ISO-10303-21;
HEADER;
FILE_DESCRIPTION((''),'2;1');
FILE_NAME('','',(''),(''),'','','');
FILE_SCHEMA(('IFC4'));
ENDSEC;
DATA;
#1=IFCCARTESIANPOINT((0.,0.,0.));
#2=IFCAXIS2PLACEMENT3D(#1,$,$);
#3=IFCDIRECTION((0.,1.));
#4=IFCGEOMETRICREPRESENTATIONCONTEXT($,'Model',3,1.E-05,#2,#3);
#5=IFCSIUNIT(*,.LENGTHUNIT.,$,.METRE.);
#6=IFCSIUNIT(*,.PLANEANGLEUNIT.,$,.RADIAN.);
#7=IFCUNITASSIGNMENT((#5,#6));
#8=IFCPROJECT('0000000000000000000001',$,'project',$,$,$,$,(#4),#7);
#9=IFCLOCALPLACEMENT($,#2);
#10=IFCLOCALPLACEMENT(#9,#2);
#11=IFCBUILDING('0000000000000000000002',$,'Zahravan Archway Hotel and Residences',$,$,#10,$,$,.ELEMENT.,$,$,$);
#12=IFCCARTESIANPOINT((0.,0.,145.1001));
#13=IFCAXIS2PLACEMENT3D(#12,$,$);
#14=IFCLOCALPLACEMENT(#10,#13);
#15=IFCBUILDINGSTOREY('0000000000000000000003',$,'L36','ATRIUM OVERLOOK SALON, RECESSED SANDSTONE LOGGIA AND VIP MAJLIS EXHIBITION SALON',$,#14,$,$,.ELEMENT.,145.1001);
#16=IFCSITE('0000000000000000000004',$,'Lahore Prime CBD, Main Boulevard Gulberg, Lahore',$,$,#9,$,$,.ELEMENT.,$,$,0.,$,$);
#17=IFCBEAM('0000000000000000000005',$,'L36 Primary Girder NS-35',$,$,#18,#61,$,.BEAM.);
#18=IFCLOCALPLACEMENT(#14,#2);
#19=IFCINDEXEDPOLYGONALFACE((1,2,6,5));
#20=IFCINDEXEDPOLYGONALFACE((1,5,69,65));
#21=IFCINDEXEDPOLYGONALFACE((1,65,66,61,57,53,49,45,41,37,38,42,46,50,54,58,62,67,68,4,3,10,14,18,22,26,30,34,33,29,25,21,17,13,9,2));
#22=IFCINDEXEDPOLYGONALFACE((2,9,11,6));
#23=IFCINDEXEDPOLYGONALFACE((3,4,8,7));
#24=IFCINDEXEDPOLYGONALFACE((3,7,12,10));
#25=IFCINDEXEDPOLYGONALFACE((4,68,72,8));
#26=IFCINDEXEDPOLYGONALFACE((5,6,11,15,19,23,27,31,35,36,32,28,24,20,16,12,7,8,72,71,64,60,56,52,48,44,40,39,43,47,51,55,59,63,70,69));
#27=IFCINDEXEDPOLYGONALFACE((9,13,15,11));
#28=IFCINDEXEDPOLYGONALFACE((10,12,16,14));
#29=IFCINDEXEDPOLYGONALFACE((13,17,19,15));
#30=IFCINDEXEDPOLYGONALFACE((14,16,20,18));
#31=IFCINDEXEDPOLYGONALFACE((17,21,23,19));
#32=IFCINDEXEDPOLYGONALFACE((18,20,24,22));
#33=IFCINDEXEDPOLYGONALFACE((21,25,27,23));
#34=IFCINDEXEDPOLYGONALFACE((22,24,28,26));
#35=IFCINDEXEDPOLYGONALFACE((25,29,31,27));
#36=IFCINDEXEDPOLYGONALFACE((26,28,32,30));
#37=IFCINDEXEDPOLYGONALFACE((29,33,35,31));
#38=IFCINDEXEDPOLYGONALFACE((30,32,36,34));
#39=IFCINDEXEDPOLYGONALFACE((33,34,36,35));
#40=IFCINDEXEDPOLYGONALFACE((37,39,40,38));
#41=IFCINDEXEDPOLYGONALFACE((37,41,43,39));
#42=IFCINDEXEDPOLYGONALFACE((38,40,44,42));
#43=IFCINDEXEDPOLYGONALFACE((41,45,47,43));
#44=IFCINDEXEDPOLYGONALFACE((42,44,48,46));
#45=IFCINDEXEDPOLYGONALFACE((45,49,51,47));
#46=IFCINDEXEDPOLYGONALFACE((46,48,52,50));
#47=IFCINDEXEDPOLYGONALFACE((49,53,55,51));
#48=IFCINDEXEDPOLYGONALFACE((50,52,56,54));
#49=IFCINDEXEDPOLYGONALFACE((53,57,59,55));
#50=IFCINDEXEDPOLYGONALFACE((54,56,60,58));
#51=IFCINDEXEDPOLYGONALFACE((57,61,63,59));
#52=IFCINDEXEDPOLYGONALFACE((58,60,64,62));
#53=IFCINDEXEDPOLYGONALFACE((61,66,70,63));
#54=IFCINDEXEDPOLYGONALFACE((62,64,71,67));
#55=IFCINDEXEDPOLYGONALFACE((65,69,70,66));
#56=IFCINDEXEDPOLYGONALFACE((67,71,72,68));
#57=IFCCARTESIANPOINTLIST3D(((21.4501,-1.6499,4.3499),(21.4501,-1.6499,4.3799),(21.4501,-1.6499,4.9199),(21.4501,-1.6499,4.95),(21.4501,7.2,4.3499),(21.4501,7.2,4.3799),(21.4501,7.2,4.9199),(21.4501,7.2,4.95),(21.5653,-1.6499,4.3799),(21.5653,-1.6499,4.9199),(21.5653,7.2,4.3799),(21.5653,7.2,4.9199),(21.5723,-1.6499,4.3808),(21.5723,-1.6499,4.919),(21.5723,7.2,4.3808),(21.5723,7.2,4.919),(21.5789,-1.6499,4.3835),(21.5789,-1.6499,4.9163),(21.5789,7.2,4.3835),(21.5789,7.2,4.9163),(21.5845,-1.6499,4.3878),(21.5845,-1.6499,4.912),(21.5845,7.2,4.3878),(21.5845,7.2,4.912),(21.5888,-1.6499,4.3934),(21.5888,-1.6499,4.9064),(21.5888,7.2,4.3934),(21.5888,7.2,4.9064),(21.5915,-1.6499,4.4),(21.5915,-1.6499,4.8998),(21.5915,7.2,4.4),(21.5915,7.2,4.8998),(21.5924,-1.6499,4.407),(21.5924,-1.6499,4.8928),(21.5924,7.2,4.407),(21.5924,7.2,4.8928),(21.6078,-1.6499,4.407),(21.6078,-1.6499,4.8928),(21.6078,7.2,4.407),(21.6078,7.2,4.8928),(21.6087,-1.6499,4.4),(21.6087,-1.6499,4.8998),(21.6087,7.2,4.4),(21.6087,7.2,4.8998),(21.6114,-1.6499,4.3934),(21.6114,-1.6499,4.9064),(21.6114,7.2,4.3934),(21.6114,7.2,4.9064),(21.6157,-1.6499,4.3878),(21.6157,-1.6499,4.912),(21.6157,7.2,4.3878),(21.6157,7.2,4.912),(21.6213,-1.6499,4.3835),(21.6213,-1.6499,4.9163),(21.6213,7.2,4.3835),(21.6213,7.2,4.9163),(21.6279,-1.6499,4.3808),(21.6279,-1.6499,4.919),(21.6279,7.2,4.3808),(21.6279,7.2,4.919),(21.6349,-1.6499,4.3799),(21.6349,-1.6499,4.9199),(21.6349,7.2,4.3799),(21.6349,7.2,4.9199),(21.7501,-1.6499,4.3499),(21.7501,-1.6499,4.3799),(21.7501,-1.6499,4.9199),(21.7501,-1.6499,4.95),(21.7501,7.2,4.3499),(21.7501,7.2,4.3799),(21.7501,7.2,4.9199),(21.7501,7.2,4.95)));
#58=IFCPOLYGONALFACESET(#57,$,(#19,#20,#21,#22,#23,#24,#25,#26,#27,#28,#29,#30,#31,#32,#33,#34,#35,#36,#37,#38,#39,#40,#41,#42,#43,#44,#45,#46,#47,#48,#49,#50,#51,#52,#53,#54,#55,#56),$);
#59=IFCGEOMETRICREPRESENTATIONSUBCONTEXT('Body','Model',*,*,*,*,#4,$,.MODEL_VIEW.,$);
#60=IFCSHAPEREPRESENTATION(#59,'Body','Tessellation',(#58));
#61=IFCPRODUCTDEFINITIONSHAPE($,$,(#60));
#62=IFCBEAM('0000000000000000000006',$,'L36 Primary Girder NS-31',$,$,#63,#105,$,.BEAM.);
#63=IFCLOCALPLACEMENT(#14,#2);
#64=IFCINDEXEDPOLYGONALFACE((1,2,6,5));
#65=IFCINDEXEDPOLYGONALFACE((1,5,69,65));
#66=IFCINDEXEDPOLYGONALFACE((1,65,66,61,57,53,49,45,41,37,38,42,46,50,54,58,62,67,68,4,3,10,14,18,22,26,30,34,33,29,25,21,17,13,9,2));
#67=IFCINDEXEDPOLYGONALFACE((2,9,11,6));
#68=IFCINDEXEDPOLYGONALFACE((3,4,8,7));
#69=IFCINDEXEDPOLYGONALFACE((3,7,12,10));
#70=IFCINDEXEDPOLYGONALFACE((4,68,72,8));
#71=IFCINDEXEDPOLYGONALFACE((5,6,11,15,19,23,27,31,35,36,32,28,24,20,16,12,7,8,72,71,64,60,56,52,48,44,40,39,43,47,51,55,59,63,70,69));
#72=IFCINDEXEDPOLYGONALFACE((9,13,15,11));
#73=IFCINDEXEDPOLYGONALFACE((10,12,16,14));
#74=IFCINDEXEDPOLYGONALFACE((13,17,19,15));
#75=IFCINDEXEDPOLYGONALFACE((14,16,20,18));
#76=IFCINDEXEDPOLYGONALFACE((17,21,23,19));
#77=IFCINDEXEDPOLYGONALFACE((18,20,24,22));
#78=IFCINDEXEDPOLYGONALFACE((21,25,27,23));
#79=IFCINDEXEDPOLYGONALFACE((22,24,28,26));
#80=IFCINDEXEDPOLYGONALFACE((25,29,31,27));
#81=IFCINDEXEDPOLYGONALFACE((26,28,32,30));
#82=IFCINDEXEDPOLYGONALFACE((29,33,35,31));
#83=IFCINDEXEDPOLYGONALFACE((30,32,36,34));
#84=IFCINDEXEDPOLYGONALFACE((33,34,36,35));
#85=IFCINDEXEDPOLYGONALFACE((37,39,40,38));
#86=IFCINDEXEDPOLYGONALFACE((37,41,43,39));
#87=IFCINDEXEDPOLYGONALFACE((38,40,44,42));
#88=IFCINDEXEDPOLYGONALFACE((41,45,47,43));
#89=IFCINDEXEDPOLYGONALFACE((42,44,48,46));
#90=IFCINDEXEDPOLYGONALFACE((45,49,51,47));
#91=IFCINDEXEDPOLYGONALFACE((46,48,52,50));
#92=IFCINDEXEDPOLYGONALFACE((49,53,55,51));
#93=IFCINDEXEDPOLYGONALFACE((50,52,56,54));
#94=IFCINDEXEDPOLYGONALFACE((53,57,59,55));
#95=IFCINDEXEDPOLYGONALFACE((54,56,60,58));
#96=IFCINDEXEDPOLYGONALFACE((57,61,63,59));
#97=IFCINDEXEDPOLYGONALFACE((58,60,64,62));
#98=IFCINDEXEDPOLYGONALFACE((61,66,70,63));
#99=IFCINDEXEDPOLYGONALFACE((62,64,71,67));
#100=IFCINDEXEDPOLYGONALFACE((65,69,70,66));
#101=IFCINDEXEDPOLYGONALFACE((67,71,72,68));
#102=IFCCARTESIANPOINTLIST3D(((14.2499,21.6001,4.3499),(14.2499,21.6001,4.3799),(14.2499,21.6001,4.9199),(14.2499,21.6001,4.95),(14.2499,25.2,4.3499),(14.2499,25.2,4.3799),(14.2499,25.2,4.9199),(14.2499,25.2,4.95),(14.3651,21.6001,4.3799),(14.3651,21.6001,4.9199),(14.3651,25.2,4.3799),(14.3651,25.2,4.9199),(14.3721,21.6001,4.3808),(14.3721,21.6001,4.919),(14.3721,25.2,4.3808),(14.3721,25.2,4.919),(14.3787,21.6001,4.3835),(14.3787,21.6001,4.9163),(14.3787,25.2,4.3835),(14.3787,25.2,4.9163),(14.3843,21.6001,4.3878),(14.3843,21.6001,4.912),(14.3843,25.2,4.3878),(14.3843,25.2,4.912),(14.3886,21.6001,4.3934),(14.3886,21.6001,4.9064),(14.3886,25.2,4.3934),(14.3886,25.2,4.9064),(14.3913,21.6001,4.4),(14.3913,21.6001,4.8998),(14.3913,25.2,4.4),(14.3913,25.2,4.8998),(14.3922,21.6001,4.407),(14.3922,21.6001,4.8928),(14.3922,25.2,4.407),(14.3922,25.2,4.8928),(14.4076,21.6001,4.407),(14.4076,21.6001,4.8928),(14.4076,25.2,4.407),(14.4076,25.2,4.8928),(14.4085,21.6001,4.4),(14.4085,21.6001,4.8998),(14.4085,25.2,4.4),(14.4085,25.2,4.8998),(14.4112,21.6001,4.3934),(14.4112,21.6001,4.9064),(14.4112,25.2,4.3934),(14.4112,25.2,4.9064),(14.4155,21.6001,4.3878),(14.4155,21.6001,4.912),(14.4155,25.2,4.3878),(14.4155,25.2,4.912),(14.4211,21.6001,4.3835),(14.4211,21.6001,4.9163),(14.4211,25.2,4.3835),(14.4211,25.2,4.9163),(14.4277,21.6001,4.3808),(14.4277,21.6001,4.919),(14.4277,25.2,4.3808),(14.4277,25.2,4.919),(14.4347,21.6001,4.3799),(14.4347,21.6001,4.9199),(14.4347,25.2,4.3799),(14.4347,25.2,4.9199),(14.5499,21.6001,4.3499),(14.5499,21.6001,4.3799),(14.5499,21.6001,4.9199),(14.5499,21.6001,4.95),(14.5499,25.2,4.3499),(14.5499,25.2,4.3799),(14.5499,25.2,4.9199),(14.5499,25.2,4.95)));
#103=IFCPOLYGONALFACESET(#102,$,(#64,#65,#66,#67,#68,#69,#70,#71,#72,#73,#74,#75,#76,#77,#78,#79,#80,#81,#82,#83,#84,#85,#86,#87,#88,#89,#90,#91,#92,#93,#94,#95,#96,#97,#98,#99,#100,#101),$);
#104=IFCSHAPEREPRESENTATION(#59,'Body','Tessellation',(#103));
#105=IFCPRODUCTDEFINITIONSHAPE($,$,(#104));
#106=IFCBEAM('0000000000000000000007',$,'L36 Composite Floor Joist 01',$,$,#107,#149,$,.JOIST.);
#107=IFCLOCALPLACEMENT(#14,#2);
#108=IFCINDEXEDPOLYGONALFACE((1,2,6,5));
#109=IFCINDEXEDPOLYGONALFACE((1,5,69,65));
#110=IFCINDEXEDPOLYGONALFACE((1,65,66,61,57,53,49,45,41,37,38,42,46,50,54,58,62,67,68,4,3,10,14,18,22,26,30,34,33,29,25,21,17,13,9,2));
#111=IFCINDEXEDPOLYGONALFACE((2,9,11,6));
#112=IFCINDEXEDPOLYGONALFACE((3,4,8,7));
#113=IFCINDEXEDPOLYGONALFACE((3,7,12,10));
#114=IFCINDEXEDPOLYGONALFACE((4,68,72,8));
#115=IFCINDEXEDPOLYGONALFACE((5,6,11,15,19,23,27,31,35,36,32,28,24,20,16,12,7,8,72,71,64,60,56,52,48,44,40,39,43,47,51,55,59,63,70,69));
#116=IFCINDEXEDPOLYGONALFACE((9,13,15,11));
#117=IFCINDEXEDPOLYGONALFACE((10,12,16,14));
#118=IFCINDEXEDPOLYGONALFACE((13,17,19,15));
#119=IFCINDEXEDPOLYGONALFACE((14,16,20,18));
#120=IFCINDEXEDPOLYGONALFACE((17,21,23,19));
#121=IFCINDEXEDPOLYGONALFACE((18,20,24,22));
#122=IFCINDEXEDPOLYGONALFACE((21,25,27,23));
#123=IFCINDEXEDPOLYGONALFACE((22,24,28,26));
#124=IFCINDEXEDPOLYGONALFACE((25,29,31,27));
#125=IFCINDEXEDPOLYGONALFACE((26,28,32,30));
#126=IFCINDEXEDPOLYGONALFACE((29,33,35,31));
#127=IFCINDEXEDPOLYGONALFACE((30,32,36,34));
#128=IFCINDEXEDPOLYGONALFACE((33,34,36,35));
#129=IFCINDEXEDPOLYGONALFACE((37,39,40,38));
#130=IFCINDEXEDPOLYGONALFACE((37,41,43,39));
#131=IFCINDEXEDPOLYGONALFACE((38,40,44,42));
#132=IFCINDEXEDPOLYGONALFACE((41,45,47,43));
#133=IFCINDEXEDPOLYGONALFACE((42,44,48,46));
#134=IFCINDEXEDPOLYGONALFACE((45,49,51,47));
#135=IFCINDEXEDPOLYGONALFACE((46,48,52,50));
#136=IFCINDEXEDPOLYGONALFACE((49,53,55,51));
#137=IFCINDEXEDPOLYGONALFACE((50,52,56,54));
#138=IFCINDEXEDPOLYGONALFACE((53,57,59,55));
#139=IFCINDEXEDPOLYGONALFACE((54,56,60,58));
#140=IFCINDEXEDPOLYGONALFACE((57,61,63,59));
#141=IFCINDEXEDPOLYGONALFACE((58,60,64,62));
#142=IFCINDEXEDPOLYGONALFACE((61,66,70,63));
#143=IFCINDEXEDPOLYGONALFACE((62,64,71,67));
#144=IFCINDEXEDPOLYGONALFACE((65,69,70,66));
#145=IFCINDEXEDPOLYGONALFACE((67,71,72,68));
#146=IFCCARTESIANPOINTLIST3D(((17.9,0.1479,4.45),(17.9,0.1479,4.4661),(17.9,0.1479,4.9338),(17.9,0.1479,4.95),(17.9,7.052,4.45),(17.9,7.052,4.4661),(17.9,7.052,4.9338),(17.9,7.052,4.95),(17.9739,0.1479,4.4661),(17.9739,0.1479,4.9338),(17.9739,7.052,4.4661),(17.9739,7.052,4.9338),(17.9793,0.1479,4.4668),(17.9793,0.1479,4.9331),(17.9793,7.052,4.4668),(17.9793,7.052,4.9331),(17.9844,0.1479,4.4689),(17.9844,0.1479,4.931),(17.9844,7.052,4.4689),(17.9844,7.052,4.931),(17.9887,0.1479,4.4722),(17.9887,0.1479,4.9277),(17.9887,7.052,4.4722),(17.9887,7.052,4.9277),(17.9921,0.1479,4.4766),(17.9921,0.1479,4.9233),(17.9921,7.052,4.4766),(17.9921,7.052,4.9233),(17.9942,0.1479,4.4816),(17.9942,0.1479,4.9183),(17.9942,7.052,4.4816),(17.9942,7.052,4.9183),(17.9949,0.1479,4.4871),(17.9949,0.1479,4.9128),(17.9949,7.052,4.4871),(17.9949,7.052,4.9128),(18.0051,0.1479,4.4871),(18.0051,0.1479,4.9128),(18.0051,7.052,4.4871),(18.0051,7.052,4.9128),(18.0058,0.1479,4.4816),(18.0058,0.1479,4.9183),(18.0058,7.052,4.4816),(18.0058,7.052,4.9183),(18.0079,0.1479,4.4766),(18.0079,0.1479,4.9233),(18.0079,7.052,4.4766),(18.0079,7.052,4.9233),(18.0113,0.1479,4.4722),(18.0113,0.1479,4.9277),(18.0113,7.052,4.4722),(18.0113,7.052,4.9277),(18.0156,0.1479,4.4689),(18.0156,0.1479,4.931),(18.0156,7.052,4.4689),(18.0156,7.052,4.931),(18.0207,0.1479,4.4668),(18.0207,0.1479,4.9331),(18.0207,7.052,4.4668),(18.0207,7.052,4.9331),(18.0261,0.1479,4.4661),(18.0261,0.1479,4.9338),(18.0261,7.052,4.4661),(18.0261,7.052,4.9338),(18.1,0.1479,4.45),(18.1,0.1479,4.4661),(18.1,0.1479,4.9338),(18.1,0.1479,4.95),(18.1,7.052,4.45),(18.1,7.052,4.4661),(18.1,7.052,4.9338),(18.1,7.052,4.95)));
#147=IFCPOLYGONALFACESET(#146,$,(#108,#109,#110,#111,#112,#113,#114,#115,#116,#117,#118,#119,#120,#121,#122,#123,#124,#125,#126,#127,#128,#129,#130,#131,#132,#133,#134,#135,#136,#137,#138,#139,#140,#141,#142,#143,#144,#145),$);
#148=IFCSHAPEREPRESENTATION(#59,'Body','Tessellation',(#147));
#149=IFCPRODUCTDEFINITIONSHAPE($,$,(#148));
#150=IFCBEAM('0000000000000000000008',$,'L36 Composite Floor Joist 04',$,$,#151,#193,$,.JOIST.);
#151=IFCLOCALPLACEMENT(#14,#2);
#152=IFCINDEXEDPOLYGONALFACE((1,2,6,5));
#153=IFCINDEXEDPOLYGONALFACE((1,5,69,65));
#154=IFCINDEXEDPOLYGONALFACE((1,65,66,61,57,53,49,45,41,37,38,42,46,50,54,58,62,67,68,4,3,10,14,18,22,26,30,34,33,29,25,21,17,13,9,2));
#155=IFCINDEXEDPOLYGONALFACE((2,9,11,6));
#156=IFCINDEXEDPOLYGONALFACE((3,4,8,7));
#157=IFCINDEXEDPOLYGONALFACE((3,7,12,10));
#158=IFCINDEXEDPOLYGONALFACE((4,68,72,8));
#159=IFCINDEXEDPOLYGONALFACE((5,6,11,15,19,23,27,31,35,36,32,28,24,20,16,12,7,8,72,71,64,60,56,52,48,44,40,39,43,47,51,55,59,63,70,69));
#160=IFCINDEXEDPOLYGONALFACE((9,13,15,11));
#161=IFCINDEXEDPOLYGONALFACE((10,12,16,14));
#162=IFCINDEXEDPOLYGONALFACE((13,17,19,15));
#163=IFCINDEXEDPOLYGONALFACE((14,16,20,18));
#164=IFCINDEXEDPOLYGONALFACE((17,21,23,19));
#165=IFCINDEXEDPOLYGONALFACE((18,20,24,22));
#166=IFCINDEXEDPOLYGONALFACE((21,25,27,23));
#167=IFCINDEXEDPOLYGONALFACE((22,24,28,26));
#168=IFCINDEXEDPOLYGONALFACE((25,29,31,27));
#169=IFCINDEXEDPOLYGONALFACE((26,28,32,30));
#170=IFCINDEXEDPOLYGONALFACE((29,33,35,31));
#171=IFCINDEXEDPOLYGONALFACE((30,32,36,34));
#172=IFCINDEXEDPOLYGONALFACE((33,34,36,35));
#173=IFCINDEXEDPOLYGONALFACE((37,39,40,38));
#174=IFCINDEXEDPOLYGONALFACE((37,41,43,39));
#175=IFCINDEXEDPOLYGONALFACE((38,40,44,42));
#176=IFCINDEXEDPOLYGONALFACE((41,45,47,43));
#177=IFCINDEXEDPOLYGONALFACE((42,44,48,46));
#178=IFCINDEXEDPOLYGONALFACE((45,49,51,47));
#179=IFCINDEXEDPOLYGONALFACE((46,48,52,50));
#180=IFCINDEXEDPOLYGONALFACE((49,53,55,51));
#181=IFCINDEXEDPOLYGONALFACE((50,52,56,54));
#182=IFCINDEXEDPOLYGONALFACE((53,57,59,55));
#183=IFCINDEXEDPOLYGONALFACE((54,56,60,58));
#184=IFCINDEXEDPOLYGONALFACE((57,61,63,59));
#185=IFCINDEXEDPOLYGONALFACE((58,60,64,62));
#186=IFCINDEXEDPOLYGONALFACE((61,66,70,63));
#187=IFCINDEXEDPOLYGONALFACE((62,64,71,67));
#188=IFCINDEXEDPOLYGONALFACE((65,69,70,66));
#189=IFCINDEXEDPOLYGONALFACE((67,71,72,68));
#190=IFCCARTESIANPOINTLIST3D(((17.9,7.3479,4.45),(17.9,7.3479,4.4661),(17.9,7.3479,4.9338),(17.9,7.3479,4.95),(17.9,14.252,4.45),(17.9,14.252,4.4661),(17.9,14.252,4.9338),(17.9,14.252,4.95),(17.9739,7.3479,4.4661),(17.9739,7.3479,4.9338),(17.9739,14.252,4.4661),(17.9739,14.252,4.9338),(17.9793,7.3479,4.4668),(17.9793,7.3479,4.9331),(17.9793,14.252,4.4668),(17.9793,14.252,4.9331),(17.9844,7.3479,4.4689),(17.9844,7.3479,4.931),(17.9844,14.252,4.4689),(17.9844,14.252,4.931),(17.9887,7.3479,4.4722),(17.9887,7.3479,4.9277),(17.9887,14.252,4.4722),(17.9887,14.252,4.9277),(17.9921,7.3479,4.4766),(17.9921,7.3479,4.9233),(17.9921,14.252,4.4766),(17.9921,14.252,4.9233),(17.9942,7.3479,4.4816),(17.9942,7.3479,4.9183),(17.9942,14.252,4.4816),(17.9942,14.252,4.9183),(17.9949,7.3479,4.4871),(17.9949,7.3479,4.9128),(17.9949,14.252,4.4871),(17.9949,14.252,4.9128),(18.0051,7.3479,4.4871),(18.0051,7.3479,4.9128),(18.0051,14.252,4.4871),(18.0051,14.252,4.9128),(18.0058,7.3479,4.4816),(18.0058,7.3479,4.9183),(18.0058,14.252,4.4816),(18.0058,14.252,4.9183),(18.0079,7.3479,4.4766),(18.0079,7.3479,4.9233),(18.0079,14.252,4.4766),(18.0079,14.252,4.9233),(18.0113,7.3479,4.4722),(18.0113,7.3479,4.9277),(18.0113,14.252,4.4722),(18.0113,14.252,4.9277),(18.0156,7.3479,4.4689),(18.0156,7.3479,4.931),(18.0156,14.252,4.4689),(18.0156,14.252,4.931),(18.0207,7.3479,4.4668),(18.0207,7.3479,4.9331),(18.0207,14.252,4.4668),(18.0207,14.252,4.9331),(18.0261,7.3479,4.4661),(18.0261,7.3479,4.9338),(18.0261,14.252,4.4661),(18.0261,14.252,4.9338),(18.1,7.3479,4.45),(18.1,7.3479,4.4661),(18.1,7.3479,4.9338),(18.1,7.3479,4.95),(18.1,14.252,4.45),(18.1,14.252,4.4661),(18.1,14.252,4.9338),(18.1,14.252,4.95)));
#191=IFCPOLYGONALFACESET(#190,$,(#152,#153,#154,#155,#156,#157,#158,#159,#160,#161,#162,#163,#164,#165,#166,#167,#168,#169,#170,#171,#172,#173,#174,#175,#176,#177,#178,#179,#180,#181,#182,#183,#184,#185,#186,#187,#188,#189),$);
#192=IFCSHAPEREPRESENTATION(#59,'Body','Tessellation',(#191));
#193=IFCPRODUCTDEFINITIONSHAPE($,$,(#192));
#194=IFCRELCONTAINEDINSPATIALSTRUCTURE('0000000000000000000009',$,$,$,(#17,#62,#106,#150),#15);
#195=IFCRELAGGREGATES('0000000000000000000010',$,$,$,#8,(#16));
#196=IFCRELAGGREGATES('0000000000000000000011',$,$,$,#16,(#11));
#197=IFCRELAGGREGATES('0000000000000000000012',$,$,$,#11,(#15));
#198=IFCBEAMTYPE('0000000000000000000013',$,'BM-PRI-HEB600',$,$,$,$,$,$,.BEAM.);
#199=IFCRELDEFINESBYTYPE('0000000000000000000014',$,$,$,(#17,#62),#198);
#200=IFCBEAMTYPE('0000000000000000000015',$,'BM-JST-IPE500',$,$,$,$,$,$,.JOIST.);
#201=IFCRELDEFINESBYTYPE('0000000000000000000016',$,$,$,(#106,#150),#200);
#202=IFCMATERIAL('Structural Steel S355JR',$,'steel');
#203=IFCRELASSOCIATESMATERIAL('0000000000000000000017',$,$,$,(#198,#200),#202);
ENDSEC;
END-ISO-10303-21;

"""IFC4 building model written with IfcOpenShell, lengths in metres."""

from ifc_helpers import new_model, si_unit, direction, frame, origin, origin_2d, place, context, subcontext, project, spatial, i_section, extrude, source, transform, mapped, material, material_profile, profile_set, type_object, type_shapes, element, save


model = new_model("IFC4")

# Units and contexts
model_context = context("Model", 3, precision=1e-05, world=origin(), true_north=direction((0.0, 1.0)))
body_context = subcontext(model_context, "Body", "Model", "MODEL_VIEW")
ifc_project = project(units=[si_unit("LENGTHUNIT", "METRE"), si_unit("PLANEANGLEUNIT", "RADIAN")], contexts=[model_context])

# Site, building, storey
site_placement = place(None, origin())
site = spatial("IfcSite", under=ifc_project, at=site_placement, Name="Lahore Prime CBD, Main Boulevard Gulberg, Lahore", CompositionType="ELEMENT", RefElevation=0.0)
building_placement = place(site_placement, origin())
building = spatial("IfcBuilding", under=site, at=building_placement, Name="Zahravan Archway Hotel and Residences", CompositionType="ELEMENT")
storey_placement = place(building_placement, frame((0.0, 0.0, 145.1001)))
storey = spatial("IfcBuildingStorey", under=building, at=storey_placement, Name="L36", Description="ATRIUM OVERLOOK SALON, RECESSED SANDSTONE LOGGIA AND VIP MAJLIS EXHIBITION SALON", CompositionType="ELEMENT", Elevation=145.1001)

# Beams
ifc_material_1 = material(Name="Structural Steel S355JR", Category="steel")
ifc_material_profile_1 = material_profile(ifc_material_1, i_section(OverallWidth=0.3, OverallDepth=0.6001, WebThickness=0.0154, FlangeThickness=0.03, FilletRadius=0.0271, at=origin_2d()), Name="HEB 600", Category="steel")
ifc_profile_set_1 = profile_set([ifc_material_profile_1], Name="Structural Steel S355JR")
beam_type_1 = type_object("IfcBeamType", Name="BM-PRI-HEB600", PredefinedType="BEAM", material=ifc_profile_set_1)
shared_shape_1 = source(origin(), body_context, "Body", "SweptSolid", [
    extrude(i_section(OverallWidth=0.3, OverallDepth=0.6001, WebThickness=0.0154, FlangeThickness=0.03, FilletRadius=0.0271, at=origin_2d()), origin(), (0.0, 0.0, 1.0), 8.8499),
])
beam_1_placement = place(storey_placement, frame((21.6001, -1.6499, 4.6499), z_axis=(0.0, 1.0, 0.0), x_axis=(-1.0, 0.0, 0.0)))
element("IfcBeam", 1, at=beam_1_placement, inside=storey, type_object=beam_type_1, Name="L36 Primary Girder NS-35", PredefinedType="BEAM", context=body_context, shape_type="MappedRepresentation", body=[
    mapped(shared_shape_1, transform((0.0, 0.0, 0.0), scale=1.0)),
])
shared_shape_2 = source(origin(), body_context, "Body", "SweptSolid", [
    extrude(i_section(OverallWidth=0.3, OverallDepth=0.6001, WebThickness=0.0154, FlangeThickness=0.03, FilletRadius=0.0271, at=origin_2d()), origin(), (0.0, 0.0, 1.0), 3.5999),
])
beam_2_placement = place(storey_placement, frame((14.3999, 21.6001, 4.6499), z_axis=(0.0, 1.0, 0.0), x_axis=(-1.0, 0.0, 0.0)))
element("IfcBeam", 2, at=beam_2_placement, inside=storey, type_object=beam_type_1, Name="L36 Primary Girder NS-31", PredefinedType="BEAM", context=body_context, shape_type="MappedRepresentation", body=[
    mapped(shared_shape_2, transform((0.0, 0.0, 0.0), scale=1.0)),
])
ifc_material_profile_2 = material_profile(ifc_material_1, i_section(OverallWidth=0.2, OverallDepth=0.5, WebThickness=0.0103, FlangeThickness=0.0161, FilletRadius=0.021, at=origin_2d()), Name="IPE 500", Category="steel")
ifc_profile_set_2 = profile_set([ifc_material_profile_2], Name="Structural Steel S355JR")
beam_type_2 = type_object("IfcBeamType", Name="BM-JST-IPE500", PredefinedType="JOIST", material=ifc_profile_set_2)
shared_shape_3 = source(origin(), body_context, "Body", "SweptSolid", [
    extrude(i_section(OverallWidth=0.2, OverallDepth=0.5, WebThickness=0.0103, FlangeThickness=0.0161, FilletRadius=0.021, at=origin_2d()), origin(), (0.0, 0.0, 1.0), 6.9041),
])
type_shapes(beam_type_2, [shared_shape_3])
for number, where, z_axis, x_axis, name in (
    (3, (18.0, 0.1479, 4.7), (0.0, 1.0, 0.0), (-1.0, 0.0, 0.0), "L36 Composite Floor Joist 01"),
    (4, (18.0, 7.3479, 4.7), (0.0, 1.0, 0.0), (-1.0, 0.0, 0.0), "L36 Composite Floor Joist 04"),
):
    element("IfcBeam", number, at=place(storey_placement, frame(where, z_axis=z_axis, x_axis=x_axis)), inside=storey, type_object=beam_type_2, Name=name, PredefinedType="JOIST", context=body_context, shape_type="MappedRepresentation", body=[
        mapped(shared_shape_3, transform((0.0, 0.0, 0.0), scale=1.0)),
    ])

save(model, "model.ifc")
